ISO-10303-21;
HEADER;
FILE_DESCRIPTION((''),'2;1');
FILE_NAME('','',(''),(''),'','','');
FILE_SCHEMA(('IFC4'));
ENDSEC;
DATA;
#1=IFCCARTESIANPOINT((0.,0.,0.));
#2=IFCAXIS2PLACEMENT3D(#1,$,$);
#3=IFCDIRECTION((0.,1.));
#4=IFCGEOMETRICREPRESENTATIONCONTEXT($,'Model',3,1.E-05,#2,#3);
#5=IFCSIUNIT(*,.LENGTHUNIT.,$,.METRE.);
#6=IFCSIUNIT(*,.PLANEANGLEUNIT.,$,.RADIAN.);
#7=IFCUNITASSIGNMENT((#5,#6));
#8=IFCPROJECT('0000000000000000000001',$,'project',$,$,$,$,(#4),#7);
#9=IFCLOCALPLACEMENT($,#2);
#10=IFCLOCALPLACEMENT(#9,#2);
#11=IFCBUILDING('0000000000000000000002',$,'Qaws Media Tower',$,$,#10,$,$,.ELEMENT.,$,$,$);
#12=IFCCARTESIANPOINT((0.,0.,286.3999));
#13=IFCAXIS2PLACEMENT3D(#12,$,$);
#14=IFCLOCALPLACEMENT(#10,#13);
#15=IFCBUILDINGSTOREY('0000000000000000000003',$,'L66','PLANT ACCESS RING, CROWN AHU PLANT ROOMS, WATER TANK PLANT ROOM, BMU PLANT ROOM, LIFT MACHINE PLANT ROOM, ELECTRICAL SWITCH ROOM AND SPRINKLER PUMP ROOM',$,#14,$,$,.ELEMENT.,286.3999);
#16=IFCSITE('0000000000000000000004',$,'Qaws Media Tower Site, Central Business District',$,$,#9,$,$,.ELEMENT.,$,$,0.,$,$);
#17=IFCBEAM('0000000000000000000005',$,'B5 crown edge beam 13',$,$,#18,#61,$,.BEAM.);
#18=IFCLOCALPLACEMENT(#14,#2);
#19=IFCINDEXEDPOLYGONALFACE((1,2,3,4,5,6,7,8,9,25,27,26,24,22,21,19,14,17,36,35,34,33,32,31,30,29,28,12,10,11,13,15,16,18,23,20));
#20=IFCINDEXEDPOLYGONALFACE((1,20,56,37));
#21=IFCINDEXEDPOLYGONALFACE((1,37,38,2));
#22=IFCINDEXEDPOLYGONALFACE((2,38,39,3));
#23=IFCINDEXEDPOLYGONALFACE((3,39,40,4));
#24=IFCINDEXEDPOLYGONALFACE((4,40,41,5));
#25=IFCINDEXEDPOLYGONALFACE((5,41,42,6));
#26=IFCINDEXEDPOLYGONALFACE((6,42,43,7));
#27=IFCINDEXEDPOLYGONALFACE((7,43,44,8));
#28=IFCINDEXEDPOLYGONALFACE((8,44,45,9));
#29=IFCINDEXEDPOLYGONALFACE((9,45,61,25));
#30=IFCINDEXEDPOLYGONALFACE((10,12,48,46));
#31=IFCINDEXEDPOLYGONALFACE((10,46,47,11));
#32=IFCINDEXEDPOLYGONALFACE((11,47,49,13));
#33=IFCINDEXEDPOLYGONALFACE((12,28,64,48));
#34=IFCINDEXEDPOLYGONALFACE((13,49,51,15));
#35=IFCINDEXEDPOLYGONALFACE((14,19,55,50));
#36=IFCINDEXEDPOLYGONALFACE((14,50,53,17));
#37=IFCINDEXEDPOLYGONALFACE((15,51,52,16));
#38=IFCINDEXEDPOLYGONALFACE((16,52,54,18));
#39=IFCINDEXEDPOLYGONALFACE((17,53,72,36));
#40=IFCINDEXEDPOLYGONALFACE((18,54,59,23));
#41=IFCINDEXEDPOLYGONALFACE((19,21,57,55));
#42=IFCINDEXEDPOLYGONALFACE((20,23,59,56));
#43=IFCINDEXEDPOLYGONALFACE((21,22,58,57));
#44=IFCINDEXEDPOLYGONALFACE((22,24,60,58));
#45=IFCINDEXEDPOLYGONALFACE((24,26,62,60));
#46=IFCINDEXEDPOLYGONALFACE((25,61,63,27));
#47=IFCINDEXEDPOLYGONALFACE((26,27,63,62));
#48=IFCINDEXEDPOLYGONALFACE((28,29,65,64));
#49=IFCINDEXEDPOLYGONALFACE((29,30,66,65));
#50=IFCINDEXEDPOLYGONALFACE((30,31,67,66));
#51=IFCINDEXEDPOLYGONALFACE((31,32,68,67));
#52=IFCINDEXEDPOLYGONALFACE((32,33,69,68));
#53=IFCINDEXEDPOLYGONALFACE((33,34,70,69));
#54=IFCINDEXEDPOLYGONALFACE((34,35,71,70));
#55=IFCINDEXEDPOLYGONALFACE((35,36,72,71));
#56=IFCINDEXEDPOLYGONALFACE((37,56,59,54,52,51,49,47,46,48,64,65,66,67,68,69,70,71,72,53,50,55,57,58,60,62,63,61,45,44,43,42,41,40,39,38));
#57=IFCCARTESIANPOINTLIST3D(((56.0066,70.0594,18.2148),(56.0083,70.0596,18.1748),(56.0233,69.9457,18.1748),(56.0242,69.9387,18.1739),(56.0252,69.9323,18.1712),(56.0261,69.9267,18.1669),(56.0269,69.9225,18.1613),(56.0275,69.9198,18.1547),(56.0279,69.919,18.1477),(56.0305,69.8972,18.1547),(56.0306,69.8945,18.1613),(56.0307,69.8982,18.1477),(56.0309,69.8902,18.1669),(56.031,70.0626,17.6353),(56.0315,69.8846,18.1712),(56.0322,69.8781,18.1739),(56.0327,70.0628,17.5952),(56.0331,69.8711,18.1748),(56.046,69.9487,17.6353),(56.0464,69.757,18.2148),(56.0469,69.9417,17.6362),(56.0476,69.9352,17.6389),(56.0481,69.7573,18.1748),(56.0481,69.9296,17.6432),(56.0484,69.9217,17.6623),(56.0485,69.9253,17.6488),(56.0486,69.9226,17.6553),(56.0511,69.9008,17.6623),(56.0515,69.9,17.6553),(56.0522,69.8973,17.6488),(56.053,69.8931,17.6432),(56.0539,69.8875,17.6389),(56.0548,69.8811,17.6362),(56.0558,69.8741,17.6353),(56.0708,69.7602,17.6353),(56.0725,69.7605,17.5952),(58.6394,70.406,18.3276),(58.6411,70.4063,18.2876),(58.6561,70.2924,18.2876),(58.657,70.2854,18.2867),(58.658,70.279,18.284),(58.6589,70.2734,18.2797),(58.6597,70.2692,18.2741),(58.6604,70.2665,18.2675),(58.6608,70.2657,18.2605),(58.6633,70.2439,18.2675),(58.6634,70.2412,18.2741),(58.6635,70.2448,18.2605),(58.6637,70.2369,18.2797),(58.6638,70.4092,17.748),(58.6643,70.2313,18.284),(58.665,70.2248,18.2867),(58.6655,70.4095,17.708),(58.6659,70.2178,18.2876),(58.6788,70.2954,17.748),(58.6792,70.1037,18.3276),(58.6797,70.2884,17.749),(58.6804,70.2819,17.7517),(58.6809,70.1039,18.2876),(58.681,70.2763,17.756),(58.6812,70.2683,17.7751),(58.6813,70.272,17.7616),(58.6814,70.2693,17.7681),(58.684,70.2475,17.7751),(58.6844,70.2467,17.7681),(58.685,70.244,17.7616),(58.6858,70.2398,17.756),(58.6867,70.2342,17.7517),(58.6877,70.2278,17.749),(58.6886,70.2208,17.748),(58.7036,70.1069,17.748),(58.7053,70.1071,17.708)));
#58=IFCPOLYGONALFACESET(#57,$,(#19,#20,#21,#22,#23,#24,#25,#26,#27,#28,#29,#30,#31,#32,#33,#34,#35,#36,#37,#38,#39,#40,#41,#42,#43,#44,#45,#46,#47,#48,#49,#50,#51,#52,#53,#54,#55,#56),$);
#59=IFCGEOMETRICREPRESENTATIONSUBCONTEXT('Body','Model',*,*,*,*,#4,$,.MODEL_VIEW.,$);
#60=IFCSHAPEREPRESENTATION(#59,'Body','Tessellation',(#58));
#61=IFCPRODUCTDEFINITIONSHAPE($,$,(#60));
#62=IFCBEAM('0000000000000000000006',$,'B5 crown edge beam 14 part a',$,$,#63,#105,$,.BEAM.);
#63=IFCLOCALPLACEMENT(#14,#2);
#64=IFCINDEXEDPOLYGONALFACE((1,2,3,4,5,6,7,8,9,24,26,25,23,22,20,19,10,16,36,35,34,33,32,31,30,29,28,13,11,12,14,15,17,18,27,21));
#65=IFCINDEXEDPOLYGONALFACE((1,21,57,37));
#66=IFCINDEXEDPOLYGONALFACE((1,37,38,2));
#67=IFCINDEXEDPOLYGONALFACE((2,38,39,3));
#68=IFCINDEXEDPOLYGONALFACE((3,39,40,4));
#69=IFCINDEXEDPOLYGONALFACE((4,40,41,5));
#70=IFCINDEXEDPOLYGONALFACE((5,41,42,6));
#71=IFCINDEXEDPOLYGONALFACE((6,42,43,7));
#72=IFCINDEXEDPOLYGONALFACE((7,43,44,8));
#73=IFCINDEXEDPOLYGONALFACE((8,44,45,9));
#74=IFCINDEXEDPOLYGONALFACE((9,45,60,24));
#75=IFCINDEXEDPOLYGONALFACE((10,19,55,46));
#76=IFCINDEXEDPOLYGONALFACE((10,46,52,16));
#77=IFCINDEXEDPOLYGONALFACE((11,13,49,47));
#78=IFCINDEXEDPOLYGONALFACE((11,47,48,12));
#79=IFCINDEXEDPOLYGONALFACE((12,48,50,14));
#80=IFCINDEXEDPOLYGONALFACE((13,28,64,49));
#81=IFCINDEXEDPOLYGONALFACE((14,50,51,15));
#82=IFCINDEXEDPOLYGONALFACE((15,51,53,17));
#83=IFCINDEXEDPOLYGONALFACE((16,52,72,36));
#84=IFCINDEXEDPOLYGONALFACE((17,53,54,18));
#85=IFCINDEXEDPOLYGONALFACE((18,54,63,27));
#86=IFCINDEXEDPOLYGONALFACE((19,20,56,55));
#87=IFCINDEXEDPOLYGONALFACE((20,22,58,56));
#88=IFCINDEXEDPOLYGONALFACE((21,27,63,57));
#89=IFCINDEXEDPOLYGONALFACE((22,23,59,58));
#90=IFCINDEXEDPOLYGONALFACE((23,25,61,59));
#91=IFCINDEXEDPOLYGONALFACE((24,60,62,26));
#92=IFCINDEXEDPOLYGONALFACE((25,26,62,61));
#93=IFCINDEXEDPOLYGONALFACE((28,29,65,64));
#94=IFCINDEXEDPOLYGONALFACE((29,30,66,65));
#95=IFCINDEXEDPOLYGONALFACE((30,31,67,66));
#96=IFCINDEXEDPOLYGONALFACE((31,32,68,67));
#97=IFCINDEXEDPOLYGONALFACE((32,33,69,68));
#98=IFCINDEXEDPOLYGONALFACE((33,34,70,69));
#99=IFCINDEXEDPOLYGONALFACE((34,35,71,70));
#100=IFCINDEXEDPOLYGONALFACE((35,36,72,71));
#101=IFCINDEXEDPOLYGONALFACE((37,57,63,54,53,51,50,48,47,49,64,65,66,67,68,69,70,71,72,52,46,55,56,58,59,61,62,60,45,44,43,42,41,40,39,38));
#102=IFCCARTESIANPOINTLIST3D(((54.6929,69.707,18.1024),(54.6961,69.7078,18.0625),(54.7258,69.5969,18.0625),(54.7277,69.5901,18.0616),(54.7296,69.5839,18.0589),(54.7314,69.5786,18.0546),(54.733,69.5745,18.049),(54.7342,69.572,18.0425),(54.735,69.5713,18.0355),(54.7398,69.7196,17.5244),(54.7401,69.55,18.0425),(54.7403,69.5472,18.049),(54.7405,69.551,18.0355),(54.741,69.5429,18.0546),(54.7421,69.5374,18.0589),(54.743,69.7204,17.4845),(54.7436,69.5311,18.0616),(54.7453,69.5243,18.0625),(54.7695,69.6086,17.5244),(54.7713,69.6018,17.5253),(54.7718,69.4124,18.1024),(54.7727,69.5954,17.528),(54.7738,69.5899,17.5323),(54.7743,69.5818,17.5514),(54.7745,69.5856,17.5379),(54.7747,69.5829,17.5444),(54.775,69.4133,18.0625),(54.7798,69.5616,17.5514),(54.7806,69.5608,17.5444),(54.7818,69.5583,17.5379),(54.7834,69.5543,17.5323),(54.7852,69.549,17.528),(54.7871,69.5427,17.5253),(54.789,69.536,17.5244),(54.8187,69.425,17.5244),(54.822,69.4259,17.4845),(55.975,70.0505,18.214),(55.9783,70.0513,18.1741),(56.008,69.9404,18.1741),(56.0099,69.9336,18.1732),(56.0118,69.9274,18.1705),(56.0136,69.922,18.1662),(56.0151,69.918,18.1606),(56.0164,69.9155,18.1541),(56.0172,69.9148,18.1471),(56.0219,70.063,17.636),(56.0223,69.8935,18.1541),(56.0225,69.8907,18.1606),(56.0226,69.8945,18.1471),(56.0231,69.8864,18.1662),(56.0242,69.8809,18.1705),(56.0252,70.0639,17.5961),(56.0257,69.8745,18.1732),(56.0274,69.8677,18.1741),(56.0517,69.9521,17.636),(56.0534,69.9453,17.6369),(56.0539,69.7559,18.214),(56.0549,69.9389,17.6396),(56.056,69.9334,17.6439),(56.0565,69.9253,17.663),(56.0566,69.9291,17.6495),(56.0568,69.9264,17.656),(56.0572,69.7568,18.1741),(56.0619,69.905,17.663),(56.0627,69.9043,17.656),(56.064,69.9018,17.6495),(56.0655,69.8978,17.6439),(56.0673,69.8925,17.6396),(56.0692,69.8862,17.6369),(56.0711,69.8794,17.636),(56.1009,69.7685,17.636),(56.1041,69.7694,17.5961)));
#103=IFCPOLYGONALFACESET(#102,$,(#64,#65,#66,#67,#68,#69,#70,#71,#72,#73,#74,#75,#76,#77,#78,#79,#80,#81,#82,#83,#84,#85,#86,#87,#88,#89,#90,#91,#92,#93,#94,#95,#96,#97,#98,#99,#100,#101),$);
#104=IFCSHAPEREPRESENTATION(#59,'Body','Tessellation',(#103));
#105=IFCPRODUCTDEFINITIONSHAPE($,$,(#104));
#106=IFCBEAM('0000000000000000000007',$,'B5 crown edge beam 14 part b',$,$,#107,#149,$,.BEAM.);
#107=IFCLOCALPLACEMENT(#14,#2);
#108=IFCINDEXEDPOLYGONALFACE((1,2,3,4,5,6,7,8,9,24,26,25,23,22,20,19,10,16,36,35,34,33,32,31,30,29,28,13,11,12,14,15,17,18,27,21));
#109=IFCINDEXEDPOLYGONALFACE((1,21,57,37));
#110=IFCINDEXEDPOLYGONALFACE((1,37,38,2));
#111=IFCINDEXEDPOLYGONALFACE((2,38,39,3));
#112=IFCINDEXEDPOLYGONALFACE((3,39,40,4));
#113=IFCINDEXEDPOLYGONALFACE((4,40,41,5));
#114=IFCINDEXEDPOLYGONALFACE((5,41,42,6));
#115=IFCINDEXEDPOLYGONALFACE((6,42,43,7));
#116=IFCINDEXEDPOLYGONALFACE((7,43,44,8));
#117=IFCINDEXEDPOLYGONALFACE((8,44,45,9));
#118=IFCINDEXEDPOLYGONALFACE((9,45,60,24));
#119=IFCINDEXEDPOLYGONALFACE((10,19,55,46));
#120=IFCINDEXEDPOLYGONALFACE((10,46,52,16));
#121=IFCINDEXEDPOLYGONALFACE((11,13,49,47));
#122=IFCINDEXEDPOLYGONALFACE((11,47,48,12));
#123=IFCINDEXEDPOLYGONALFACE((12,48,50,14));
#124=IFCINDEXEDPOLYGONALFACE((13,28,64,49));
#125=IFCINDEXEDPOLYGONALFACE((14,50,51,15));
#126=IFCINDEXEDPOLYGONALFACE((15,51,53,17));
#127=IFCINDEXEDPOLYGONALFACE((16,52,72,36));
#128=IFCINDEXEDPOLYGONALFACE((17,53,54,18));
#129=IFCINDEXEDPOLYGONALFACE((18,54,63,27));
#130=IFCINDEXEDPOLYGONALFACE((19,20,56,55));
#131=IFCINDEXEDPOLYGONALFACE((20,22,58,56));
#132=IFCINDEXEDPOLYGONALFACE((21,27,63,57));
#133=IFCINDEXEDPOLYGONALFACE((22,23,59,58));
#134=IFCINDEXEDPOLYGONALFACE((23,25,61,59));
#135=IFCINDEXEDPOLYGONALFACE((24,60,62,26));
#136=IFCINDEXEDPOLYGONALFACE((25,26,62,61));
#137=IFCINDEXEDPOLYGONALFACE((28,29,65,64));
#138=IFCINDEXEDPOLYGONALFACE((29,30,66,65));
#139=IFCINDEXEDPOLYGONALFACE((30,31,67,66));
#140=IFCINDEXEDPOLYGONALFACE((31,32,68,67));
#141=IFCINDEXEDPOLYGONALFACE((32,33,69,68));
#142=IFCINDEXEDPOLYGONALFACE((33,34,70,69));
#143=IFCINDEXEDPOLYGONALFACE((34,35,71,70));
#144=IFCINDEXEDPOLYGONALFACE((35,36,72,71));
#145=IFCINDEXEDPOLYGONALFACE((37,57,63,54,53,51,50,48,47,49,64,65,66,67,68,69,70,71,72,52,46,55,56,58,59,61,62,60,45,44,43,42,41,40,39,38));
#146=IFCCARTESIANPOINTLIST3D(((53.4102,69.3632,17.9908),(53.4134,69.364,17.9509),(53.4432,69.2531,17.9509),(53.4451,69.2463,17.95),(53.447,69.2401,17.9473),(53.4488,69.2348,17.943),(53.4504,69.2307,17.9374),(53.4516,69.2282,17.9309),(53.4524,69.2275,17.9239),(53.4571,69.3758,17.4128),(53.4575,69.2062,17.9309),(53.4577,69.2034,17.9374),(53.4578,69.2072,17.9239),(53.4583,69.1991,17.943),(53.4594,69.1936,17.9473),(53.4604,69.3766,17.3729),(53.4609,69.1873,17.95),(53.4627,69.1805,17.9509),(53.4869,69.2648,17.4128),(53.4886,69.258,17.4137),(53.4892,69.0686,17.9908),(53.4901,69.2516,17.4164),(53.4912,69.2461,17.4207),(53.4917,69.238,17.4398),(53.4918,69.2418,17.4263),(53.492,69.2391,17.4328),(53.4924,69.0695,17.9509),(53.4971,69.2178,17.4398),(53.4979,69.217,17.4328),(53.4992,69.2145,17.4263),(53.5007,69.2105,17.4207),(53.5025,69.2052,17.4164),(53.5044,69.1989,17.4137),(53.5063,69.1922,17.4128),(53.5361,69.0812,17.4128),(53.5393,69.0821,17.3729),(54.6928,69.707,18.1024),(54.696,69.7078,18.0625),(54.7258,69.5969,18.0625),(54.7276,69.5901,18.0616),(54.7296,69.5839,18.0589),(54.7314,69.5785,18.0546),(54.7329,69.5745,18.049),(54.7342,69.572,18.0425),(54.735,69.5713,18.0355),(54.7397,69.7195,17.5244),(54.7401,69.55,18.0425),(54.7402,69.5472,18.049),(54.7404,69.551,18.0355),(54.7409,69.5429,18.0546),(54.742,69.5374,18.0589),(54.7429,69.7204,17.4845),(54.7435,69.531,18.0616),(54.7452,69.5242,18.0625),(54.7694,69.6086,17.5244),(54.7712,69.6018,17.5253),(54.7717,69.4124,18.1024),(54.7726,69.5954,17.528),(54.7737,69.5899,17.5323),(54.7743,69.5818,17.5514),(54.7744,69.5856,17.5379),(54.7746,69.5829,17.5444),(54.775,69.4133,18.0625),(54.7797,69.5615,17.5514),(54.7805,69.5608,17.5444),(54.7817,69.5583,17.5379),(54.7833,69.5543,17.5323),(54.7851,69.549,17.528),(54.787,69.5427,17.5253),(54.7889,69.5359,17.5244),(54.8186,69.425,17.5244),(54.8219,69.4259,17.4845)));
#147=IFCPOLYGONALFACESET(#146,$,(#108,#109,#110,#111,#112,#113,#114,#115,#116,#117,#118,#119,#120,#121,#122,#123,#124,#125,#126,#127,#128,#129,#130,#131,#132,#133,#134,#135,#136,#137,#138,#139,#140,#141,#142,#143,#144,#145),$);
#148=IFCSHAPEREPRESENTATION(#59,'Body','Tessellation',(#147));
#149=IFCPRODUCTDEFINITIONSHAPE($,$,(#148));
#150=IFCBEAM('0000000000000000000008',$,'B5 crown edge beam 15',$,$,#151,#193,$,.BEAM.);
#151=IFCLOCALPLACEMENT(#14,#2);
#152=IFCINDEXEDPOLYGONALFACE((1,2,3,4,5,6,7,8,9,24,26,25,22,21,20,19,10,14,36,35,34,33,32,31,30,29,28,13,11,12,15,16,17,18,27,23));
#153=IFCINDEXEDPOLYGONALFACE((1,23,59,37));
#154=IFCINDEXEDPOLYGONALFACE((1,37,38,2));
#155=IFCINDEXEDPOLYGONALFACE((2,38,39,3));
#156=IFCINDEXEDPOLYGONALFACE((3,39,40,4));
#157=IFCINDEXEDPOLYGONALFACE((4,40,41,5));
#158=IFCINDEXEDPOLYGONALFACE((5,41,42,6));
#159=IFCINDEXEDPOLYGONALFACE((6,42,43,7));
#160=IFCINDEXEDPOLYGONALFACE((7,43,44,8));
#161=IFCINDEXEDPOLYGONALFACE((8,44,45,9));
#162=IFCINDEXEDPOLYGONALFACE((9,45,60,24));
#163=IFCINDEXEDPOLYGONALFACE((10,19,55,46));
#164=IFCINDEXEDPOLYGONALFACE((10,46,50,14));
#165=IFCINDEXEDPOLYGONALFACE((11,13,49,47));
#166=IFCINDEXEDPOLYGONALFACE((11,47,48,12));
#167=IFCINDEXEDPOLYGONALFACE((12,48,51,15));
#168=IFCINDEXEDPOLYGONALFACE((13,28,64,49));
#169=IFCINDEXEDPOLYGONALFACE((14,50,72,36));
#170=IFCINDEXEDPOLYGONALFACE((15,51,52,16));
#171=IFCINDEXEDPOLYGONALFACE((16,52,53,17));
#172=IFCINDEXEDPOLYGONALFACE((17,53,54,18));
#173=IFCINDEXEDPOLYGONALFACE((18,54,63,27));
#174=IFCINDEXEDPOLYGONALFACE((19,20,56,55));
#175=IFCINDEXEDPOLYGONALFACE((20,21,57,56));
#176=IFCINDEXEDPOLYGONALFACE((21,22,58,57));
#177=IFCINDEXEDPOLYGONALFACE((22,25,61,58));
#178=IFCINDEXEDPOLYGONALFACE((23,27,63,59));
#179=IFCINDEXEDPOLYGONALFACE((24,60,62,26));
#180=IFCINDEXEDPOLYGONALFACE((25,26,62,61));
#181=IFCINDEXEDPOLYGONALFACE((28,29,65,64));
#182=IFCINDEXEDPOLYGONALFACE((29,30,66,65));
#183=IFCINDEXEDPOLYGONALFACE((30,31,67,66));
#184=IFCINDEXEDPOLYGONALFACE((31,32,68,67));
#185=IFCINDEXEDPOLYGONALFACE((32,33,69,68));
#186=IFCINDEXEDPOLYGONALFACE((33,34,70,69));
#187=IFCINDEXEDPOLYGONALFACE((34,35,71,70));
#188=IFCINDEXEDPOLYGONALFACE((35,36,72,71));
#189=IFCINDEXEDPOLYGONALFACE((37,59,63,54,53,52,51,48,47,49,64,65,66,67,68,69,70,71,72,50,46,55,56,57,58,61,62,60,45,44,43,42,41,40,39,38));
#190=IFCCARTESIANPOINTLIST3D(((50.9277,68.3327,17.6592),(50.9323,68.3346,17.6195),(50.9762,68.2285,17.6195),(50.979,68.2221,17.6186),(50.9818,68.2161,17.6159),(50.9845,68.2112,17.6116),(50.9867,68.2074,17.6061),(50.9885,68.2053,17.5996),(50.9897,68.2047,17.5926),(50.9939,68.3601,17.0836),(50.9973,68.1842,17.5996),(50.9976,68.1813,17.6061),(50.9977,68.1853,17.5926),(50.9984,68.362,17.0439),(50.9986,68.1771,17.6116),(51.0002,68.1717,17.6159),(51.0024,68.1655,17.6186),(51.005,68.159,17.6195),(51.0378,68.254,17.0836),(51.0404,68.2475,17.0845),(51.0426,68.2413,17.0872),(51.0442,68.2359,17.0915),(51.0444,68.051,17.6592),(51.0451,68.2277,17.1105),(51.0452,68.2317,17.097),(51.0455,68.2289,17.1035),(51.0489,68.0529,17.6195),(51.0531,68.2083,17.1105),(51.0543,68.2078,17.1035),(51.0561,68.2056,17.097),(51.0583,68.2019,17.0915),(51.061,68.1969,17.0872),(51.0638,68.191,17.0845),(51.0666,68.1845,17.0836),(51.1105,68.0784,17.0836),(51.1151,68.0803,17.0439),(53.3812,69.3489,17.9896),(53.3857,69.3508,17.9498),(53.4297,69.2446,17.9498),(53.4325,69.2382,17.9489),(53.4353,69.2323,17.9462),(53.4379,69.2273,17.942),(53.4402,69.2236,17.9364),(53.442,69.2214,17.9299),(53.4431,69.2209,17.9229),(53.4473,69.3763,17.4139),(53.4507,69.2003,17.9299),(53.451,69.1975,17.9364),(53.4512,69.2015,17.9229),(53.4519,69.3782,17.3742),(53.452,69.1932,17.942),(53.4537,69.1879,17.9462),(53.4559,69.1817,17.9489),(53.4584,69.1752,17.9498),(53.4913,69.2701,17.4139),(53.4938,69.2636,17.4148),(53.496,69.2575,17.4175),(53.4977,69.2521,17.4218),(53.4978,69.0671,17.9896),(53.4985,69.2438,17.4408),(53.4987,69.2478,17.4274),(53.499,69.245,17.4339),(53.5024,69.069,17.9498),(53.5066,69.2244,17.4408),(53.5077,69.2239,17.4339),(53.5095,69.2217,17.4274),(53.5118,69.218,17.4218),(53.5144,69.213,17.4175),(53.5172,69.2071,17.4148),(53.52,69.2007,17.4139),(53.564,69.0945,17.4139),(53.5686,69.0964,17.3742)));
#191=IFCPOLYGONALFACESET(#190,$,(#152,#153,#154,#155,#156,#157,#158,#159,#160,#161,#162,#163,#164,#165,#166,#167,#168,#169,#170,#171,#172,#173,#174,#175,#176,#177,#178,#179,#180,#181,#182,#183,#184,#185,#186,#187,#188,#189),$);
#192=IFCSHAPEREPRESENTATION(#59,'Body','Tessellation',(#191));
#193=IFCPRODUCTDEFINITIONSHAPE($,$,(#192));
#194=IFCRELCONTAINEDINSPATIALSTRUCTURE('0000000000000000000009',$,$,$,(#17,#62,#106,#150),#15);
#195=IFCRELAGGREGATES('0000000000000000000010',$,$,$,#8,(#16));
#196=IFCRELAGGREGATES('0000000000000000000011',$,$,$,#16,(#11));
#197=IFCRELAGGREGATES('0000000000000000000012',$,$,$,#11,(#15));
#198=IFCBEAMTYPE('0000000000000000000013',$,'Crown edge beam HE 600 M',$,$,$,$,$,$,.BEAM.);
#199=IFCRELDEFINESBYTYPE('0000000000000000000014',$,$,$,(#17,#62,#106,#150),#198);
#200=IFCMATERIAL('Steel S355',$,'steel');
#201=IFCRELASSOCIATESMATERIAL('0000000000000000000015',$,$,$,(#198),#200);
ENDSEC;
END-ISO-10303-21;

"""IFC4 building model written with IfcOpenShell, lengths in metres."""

from ifc_helpers import new_model, si_unit, direction, frame, origin, origin_2d, place, context, subcontext, project, spatial, i_section, extrude, material, material_profile, profile_set, type_object, element, save


model = new_model("IFC4")

# Units and contexts
model_context = context("Model", 3, precision=1e-05, world=origin(), true_north=direction((0.0, 1.0)))
body_context = subcontext(model_context, "Body", "Model", "MODEL_VIEW")
ifc_project = project(units=[si_unit("LENGTHUNIT", "METRE"), si_unit("PLANEANGLEUNIT", "RADIAN")], contexts=[model_context])

# Site, building, storey
site_placement = place(None, origin())
site = spatial("IfcSite", under=ifc_project, at=site_placement, Name="Qaws Media Tower Site, Central Business District", CompositionType="ELEMENT", RefElevation=0.0)
building_placement = place(site_placement, origin())
building = spatial("IfcBuilding", under=site, at=building_placement, Name="Qaws Media Tower", CompositionType="ELEMENT")
storey_placement = place(building_placement, frame((0.0, 0.0, 286.3999)))
storey = spatial("IfcBuildingStorey", under=building, at=storey_placement, Name="L66", Description="PLANT ACCESS RING, CROWN AHU PLANT ROOMS, WATER TANK PLANT ROOM, BMU PLANT ROOM, LIFT MACHINE PLANT ROOM, ELECTRICAL SWITCH ROOM AND SPRINKLER PUMP ROOM", CompositionType="ELEMENT", Elevation=286.3999)

# Beams
ifc_material_1 = material(Name="Steel S355", Category="steel")
ifc_material_profile_1 = material_profile(ifc_material_1, i_section(OverallWidth=0.3049, OverallDepth=0.6201, WebThickness=0.021, FlangeThickness=0.04, FilletRadius=0.0271, at=origin_2d()), Name="HE 600 M")
ifc_profile_set_1 = profile_set([ifc_material_profile_1], Name="Steel S355")
beam_type_1 = type_object("IfcBeamType", Name="Crown edge beam HE 600 M", PredefinedType="BEAM", material=ifc_profile_set_1)
beam_1_placement = place(storey_placement, frame((58.6724, 70.2566, 18.0178), z_axis=(-0.990549, -0.130432, -0.042436), x_axis=(0.13055, -0.991442, 0.0)))
element("IfcBeam", 1, at=beam_1_placement, inside=storey, type_object=beam_type_1, Name="B5 crown edge beam 13", PredefinedType="BEAM", context=body_context, shape_type="SweptSolid", body=[
    extrude(i_section(OverallWidth=0.3049, OverallDepth=0.6201, WebThickness=0.021, FlangeThickness=0.04, FilletRadius=0.0271, at=origin_2d()), origin(), (0.0, 0.0, 1.0), 2.658),
])
beam_2_placement = place(storey_placement, frame((56.0396, 69.9099, 17.905), z_axis=(-0.962544, -0.257864, -0.083755), x_axis=(0.258773, -0.965938, 0.0)))
element("IfcBeam", 2, at=beam_2_placement, inside=storey, type_object=beam_type_1, Name="B5 crown edge beam 14 part a", PredefinedType="BEAM", context=body_context, shape_type="SweptSolid", body=[
    extrude(i_section(OverallWidth=0.3049, OverallDepth=0.6201, WebThickness=0.021, FlangeThickness=0.04, FilletRadius=0.0271, at=origin_2d()), origin(), (0.0, 0.0, 1.0), 1.332),
])
beam_3_placement = place(storey_placement, frame((54.7573, 69.5664, 17.7935), z_axis=(-0.962512, -0.257989, -0.083737), x_axis=(0.258898, -0.965905, 0.0)))
element("IfcBeam", 3, at=beam_3_placement, inside=storey, type_object=beam_type_1, Name="B5 crown edge beam 14 part b", PredefinedType="BEAM", context=body_context, shape_type="SweptSolid", body=[
    extrude(i_section(OverallWidth=0.3049, OverallDepth=0.6201, WebThickness=0.021, FlangeThickness=0.04, FilletRadius=0.0271, at=origin_2d()), origin(), (0.0, 0.0, 1.0), 1.3325),
])
beam_4_placement = place(storey_placement, frame((53.4749, 69.2227, 17.6819), z_axis=(-0.916827, -0.379723, -0.123442), x_axis=(0.38265, -0.923894, 0.0)))
element("IfcBeam", 4, at=beam_4_placement, inside=storey, type_object=beam_type_1, Name="B5 crown edge beam 15", PredefinedType="BEAM", context=body_context, shape_type="SweptSolid", body=[
    extrude(i_section(OverallWidth=0.3049, OverallDepth=0.6201, WebThickness=0.021, FlangeThickness=0.04, FilletRadius=0.0271, at=origin_2d()), origin(), (0.0, 0.0, 1.0), 2.676),
])

save(model, "model.ifc")
